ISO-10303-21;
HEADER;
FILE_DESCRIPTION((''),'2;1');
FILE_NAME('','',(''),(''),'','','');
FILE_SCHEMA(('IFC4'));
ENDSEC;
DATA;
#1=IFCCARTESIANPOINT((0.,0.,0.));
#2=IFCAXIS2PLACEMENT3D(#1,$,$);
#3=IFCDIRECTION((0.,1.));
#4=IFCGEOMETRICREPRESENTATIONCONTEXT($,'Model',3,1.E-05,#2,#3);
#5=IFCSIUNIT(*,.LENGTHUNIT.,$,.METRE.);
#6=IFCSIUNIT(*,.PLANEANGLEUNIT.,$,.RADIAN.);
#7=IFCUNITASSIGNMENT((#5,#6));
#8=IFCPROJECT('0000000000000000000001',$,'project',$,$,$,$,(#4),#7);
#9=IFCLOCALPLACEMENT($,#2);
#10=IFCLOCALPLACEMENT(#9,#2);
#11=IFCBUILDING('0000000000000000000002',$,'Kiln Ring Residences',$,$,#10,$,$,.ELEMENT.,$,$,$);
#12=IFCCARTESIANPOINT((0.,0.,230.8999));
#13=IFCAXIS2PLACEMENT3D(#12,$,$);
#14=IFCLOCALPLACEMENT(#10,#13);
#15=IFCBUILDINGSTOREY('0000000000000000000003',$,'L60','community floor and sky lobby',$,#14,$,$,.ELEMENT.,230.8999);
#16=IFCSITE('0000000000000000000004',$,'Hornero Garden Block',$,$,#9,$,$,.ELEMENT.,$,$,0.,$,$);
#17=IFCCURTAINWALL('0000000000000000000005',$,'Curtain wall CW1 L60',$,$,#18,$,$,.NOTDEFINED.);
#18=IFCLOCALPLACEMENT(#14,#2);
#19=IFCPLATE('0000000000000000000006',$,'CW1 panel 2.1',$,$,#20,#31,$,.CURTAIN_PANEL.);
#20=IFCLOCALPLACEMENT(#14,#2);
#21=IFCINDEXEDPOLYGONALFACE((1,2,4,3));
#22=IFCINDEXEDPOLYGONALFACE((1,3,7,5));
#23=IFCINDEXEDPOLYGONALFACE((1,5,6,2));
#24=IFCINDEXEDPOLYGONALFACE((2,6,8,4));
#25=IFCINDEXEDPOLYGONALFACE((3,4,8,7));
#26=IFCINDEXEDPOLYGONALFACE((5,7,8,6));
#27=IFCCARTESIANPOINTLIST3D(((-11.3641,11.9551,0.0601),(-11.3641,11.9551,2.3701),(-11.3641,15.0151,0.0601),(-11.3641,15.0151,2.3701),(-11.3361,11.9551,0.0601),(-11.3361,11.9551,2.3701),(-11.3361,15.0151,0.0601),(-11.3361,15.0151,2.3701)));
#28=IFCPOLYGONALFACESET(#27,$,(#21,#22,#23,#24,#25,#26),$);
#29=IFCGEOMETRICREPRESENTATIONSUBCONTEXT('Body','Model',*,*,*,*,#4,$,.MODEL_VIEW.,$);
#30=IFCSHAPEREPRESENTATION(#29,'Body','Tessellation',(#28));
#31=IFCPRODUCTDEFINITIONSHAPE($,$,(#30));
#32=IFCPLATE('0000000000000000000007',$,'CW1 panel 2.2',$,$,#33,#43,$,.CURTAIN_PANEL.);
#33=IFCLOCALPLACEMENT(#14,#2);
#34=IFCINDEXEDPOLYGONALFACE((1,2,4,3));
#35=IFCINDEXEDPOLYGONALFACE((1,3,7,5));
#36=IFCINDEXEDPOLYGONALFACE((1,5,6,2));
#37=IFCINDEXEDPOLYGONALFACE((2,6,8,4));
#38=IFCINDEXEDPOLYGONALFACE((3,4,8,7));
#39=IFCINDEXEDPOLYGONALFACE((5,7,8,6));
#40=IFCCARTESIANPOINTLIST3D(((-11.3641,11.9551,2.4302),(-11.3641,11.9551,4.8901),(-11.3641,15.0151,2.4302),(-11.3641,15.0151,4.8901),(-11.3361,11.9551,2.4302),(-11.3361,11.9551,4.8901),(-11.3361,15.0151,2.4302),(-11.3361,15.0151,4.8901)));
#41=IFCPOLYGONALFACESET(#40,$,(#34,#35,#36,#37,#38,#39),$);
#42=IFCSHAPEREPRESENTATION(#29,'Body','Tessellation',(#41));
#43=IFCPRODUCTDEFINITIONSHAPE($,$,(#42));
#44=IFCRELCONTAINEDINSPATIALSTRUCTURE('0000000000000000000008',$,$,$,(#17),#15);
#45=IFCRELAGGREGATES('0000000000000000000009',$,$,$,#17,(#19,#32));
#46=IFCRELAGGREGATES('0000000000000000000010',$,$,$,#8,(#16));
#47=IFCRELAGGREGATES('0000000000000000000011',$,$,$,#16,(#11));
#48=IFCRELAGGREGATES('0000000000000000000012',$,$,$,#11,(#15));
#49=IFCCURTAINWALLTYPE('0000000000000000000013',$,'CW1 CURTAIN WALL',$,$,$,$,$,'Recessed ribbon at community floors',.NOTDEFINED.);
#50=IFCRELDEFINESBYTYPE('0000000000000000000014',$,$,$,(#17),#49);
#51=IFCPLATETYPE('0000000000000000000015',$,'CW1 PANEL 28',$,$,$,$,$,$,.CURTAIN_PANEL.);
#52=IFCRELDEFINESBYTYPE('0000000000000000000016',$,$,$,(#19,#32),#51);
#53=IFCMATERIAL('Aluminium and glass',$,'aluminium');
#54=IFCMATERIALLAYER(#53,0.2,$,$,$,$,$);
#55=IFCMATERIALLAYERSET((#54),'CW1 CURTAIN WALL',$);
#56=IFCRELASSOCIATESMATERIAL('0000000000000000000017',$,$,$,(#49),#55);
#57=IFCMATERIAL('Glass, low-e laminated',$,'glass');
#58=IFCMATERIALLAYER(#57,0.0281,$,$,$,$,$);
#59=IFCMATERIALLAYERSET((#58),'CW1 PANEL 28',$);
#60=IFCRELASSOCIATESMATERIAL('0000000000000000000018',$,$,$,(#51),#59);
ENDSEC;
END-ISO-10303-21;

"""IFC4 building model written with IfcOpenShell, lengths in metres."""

from ifc_helpers import new_model, si_unit, direction, frame, origin, origin_2d, place, context, subcontext, project, spatial, rectangle, extrude, material, layer, layer_set, type_object, element, aggregate, save


model = new_model("IFC4")

# Units and contexts
model_context = context("Model", 3, precision=1e-05, world=origin(), true_north=direction((0.0, 1.0)))
body_context = subcontext(model_context, "Body", "Model", "MODEL_VIEW")
ifc_project = project(units=[si_unit("LENGTHUNIT", "METRE"), si_unit("PLANEANGLEUNIT", "RADIAN")], contexts=[model_context])

# Site, building, storey
site_placement = place(None, origin())
site = spatial("IfcSite", under=ifc_project, at=site_placement, Name="Hornero Garden Block", CompositionType="ELEMENT", RefElevation=0.0)
building_placement = place(site_placement, origin())
building = spatial("IfcBuilding", under=site, at=building_placement, Name="Kiln Ring Residences", CompositionType="ELEMENT")
storey_placement = place(building_placement, frame((0.0, 0.0, 230.8999)))
storey = spatial("IfcBuildingStorey", under=building, at=storey_placement, Name="L60", Description="community floor and sky lobby", CompositionType="ELEMENT", Elevation=230.8999)

# Shared definitions
ifc_material_1 = material(Name="Aluminium and glass", Category="aluminium")
ifc_layer_1 = layer(ifc_material_1, 0.2)
ifc_layer_set_1 = layer_set([ifc_layer_1], Name="CW1 CURTAIN WALL")
curtain_wall_type = type_object("IfcCurtainWallType", Name="CW1 CURTAIN WALL", ElementType="Recessed ribbon at community floors", PredefinedType="NOTDEFINED", material=ifc_layer_set_1)
placement = place(storey_placement, origin())

# Curtain wall
curtain_wall_1 = element("IfcCurtainWall", 1, at=placement, inside=storey, type_object=curtain_wall_type, Name="Curtain wall CW1 L60", PredefinedType="NOTDEFINED")

# Plates
ifc_material_2 = material(Name="Glass, low-e laminated", Category="glass")
ifc_layer_2 = layer(ifc_material_2, 0.0281)
ifc_layer_set_2 = layer_set([ifc_layer_2], Name="CW1 PANEL 28")
plate_type = type_object("IfcPlateType", Name="CW1 PANEL 28", PredefinedType="CURTAIN_PANEL", material=ifc_layer_set_2)
plate_1_placement = place(storey_placement, frame((-11.3501, 13.4851, 0.0601), z_axis=(0.0, 0.0, 1.0), x_axis=(0.0, 1.0, 0.0)))
plate_1 = element("IfcPlate", 2, at=plate_1_placement, type_object=plate_type, Name="CW1 panel 2.1", PredefinedType="CURTAIN_PANEL", context=body_context, shape_type="SweptSolid", body=[
    extrude(rectangle(XDim=3.0601, YDim=0.0281, at=origin_2d()), origin(), (0.0, 0.0, 1.0), 2.3101),
])
plate_2_placement = place(storey_placement, frame((-11.3501, 13.4851, 2.4302), z_axis=(0.0, 0.0, 1.0), x_axis=(0.0, 1.0, 0.0)))
plate_2 = element("IfcPlate", 3, at=plate_2_placement, type_object=plate_type, Name="CW1 panel 2.2", PredefinedType="CURTAIN_PANEL", context=body_context, shape_type="SweptSolid", body=[
    extrude(rectangle(XDim=3.0601, YDim=0.0281, at=origin_2d()), origin(), (0.0, 0.0, 1.0), 2.46),
])
aggregate(curtain_wall_1, [plate_1, plate_2])

save(model, "model.ifc")
